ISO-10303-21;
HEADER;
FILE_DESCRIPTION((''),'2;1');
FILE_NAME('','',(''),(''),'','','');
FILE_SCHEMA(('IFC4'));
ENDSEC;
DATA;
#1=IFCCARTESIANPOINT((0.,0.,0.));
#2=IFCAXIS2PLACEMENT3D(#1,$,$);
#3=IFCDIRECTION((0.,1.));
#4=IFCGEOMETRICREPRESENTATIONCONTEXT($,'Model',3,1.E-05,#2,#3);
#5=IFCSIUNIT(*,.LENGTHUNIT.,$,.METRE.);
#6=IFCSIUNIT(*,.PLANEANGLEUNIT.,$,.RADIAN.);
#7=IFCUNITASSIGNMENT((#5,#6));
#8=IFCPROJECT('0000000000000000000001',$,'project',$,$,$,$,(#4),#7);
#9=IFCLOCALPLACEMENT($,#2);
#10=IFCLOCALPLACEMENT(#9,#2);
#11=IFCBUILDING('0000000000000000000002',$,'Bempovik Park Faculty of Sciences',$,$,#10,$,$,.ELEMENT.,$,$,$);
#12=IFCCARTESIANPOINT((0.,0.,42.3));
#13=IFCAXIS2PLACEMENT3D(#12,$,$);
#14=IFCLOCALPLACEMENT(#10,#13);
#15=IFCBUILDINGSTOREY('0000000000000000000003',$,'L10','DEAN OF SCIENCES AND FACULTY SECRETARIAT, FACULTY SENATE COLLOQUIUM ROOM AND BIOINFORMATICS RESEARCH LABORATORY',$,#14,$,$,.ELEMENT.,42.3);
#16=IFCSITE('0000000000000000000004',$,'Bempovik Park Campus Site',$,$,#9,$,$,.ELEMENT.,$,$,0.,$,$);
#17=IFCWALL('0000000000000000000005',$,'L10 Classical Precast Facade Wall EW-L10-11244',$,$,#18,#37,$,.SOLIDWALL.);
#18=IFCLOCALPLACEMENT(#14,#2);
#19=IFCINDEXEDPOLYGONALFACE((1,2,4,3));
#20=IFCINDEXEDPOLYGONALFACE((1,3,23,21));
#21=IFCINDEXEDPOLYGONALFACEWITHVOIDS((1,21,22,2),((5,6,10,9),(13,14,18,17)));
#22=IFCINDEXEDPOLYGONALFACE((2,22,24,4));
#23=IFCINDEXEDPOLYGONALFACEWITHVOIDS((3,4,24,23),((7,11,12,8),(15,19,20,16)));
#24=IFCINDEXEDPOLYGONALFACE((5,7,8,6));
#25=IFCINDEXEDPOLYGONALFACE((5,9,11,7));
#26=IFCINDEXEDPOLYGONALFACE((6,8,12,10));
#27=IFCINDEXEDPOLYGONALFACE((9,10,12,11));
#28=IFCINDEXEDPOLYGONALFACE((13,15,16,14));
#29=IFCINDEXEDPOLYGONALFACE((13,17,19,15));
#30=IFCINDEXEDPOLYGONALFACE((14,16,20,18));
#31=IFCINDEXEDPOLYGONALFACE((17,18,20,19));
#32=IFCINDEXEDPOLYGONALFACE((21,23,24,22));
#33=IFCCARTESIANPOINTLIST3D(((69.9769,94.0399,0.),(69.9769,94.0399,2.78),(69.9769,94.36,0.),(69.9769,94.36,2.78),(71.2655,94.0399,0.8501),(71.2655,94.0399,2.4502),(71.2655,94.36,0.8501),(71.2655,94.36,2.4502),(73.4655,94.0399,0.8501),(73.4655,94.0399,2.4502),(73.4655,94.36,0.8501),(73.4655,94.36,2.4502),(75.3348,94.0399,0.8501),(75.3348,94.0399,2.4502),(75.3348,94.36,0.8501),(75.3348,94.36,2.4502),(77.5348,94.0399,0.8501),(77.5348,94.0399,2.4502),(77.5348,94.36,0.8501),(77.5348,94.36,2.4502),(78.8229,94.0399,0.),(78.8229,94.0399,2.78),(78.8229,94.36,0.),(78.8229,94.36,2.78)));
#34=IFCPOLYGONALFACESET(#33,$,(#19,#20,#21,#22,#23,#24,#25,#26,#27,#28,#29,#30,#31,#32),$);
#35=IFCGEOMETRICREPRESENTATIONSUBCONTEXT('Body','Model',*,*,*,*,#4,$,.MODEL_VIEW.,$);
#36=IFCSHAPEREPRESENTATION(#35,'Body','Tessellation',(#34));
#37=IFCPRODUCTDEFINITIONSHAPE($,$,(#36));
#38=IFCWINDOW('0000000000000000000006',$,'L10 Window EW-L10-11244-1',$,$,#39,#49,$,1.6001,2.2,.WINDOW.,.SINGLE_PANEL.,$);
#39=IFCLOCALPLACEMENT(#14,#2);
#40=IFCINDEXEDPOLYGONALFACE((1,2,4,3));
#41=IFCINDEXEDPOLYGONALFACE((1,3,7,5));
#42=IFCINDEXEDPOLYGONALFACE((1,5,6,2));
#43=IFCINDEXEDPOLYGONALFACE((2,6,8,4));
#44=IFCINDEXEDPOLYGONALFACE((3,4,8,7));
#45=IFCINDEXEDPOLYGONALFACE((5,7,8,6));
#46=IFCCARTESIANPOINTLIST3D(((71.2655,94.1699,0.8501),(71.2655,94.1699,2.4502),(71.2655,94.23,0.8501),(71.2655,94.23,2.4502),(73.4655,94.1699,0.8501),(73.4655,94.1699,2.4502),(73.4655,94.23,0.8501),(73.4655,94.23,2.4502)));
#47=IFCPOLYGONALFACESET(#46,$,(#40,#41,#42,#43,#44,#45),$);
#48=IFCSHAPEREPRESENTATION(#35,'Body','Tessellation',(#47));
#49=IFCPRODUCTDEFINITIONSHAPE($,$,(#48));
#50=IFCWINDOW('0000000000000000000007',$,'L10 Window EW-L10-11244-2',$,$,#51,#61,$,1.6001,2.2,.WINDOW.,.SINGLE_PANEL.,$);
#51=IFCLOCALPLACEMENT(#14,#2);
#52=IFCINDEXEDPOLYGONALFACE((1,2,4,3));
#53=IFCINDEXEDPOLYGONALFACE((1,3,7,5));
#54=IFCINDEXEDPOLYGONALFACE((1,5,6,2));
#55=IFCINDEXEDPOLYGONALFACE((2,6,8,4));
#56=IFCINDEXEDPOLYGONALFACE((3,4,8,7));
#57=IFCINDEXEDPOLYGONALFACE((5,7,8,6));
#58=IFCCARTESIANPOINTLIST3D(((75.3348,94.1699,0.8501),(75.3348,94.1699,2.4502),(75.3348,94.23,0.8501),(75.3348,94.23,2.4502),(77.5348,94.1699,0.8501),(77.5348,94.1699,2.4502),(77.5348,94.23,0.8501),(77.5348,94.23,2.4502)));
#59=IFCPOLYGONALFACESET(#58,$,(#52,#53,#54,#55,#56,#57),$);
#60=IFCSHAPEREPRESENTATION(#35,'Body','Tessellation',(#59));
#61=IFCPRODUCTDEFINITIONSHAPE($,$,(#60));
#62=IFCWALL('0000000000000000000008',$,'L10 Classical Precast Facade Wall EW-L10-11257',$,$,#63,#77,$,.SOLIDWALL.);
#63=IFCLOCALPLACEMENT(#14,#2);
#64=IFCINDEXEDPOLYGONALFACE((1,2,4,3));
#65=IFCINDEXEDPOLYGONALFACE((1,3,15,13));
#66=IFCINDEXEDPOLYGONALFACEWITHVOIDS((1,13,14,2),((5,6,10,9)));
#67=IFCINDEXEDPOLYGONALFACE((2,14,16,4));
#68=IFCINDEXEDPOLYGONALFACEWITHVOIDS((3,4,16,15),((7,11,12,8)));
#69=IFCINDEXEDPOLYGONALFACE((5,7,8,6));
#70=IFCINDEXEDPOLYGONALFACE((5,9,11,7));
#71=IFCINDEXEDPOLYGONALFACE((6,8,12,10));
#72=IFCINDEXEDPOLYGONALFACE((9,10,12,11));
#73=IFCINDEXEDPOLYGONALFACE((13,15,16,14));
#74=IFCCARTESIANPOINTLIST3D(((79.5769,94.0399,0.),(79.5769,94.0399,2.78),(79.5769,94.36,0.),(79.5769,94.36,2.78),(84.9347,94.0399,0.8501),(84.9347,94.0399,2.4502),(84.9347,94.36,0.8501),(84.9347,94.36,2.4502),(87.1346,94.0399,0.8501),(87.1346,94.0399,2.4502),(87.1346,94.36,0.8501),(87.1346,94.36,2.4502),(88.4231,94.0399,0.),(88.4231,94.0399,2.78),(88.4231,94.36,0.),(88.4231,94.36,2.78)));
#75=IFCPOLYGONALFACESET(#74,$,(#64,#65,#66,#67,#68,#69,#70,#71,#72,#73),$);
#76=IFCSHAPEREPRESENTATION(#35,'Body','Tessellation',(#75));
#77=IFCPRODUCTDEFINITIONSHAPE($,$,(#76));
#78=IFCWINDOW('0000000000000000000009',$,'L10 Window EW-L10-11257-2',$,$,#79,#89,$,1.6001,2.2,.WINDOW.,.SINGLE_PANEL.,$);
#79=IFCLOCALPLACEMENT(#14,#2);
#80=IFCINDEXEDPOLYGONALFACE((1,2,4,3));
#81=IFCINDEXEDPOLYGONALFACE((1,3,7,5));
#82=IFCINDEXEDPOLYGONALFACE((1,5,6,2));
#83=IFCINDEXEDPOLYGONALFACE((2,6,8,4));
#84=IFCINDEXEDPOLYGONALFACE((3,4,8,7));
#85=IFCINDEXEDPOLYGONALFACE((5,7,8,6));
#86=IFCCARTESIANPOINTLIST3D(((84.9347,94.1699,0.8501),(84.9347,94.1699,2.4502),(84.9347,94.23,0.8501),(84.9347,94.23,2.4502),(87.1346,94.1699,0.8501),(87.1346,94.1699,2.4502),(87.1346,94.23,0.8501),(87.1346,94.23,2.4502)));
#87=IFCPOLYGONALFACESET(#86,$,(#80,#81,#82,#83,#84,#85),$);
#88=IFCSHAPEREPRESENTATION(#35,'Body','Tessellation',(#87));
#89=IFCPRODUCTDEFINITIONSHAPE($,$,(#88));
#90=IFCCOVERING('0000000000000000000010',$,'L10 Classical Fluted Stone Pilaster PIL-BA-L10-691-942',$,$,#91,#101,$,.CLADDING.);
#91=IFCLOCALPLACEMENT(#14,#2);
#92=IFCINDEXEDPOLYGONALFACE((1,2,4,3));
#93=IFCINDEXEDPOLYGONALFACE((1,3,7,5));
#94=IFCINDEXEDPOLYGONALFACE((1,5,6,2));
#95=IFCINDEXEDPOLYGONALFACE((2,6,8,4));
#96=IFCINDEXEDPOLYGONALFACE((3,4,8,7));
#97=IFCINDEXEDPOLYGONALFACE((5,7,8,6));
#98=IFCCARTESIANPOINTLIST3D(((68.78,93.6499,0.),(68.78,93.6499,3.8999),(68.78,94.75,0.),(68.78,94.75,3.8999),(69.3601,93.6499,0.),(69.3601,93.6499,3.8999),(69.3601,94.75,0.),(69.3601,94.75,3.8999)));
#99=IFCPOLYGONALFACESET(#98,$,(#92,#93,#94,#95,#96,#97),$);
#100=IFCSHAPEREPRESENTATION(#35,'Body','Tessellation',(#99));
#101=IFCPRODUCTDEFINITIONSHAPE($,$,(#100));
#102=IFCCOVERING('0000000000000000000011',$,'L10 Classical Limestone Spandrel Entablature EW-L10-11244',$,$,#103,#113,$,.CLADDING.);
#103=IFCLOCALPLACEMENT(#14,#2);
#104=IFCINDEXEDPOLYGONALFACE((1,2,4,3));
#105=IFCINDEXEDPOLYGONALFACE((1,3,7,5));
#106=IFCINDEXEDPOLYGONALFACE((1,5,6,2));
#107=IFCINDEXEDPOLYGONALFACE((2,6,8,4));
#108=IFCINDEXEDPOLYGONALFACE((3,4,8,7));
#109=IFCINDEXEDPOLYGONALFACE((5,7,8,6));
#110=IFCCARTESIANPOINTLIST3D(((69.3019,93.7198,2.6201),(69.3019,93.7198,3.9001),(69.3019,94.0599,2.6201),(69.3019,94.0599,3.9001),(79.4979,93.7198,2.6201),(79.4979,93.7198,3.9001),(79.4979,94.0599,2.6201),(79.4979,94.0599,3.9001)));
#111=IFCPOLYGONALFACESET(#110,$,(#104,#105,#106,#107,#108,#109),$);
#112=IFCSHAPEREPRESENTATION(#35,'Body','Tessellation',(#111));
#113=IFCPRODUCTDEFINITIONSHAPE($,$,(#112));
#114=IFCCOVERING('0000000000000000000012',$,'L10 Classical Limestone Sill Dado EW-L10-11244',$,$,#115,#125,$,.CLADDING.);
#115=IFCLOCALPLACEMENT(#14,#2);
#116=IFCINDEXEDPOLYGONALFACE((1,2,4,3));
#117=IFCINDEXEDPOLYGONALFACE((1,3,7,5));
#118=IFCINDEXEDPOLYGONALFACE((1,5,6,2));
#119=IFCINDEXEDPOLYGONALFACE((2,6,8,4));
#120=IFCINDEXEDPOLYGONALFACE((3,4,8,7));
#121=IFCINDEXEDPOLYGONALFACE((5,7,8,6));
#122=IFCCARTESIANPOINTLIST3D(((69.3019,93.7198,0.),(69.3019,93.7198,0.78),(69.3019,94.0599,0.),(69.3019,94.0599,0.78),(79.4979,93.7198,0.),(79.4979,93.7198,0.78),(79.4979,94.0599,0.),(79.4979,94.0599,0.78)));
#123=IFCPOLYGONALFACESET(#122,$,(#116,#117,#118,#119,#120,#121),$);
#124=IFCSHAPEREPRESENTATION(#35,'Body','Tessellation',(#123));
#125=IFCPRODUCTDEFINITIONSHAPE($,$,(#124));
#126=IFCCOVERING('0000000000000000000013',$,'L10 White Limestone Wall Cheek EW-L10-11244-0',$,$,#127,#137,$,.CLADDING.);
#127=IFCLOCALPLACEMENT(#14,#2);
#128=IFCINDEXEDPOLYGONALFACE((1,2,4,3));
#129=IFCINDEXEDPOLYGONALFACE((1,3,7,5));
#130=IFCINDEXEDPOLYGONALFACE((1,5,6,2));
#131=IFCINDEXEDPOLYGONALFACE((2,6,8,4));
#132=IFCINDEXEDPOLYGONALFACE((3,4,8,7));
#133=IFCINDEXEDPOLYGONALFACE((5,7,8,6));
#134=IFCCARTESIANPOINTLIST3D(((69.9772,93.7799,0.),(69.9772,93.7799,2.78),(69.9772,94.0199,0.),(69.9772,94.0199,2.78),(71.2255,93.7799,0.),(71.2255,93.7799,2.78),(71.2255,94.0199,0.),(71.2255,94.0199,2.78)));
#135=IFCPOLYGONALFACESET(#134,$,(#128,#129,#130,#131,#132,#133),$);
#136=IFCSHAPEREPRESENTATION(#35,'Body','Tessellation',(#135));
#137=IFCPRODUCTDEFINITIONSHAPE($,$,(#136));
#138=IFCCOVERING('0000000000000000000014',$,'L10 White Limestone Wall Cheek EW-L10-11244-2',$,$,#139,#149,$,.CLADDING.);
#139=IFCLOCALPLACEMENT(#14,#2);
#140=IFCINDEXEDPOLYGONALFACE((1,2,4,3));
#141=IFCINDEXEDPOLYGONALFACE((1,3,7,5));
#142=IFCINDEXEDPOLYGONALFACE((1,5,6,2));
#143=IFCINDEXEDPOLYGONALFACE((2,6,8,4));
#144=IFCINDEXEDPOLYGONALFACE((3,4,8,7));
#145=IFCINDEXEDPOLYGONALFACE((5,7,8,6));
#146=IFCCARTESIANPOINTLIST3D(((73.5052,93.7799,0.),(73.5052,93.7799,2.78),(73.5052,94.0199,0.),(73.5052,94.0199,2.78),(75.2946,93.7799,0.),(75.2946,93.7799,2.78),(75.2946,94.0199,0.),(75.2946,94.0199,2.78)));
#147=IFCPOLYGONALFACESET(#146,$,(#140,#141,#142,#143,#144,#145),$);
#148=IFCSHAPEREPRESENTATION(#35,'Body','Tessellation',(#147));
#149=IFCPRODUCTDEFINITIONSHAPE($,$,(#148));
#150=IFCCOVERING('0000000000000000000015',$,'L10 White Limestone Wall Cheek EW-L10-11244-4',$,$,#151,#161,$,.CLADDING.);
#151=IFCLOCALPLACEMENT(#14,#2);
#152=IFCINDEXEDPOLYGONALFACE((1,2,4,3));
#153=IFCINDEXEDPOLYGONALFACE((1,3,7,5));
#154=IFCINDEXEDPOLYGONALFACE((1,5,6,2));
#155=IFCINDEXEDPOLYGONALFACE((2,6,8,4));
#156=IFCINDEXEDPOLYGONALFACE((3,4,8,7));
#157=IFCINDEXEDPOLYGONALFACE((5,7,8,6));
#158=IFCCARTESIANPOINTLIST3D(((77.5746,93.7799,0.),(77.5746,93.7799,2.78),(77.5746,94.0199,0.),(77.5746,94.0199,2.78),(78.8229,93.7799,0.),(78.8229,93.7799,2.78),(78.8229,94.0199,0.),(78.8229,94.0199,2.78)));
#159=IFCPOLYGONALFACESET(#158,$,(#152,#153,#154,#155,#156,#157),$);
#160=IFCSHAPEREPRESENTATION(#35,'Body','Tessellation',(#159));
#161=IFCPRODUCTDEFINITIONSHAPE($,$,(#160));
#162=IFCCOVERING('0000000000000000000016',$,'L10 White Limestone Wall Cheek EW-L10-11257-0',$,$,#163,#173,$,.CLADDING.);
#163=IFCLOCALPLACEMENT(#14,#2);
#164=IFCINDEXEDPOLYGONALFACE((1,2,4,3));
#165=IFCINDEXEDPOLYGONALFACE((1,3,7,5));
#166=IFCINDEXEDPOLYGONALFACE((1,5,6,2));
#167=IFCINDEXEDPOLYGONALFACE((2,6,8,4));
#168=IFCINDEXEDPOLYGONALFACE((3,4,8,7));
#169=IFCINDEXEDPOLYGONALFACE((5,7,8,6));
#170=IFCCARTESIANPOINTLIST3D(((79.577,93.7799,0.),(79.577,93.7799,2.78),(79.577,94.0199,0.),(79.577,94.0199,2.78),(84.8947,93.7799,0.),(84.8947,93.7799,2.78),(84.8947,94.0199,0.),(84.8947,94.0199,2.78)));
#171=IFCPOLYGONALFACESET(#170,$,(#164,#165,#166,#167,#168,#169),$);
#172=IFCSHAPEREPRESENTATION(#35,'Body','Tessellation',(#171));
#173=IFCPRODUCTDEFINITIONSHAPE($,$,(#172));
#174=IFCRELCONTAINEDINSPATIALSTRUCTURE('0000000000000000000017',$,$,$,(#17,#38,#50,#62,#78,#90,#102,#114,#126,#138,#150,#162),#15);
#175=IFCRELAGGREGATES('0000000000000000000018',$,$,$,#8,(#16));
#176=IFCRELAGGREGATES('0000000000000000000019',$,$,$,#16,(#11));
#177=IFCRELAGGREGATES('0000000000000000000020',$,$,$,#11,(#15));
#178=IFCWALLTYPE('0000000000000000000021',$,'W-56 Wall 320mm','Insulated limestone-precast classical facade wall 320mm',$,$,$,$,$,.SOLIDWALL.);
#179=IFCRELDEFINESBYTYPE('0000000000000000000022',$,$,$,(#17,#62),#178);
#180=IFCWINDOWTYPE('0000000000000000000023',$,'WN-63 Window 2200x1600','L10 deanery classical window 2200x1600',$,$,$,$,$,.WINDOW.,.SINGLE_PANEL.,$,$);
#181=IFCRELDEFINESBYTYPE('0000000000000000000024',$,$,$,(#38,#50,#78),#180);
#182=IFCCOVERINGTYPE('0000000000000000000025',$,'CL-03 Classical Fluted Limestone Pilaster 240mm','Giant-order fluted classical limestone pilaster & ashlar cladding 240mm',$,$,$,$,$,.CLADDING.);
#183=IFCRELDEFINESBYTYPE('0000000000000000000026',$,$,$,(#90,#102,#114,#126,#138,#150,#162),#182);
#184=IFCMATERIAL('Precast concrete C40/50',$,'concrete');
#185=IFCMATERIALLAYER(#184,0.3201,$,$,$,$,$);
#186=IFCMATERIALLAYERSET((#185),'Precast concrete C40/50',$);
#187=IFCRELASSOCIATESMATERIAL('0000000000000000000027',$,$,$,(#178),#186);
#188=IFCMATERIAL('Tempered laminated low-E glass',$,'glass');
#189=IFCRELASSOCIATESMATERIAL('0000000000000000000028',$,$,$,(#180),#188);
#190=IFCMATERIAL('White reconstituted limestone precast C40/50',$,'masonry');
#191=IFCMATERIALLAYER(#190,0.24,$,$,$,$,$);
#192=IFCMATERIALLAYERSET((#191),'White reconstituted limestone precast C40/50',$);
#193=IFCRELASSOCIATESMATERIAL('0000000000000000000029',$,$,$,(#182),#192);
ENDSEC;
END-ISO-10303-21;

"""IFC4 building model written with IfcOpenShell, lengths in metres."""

from ifc_helpers import new_model, si_unit, direction, frame, frame_2d, origin, origin_2d, place, context, subcontext, project, spatial, rectangle, extrude, material, layer, layer_set, type_object, element, fill, save


model = new_model("IFC4")

# Units and contexts
model_context = context("Model", 3, precision=1e-05, world=origin(), true_north=direction((0.0, 1.0)))
body_context = subcontext(model_context, "Body", "Model", "MODEL_VIEW")
ifc_project = project(units=[si_unit("LENGTHUNIT", "METRE"), si_unit("PLANEANGLEUNIT", "RADIAN")], contexts=[model_context])

# Site, building, storey
site_placement = place(None, origin())
site = spatial("IfcSite", under=ifc_project, at=site_placement, Name="Bempovik Park Campus Site", CompositionType="ELEMENT", RefElevation=0.0)
building_placement = place(site_placement, origin())
building = spatial("IfcBuilding", under=site, at=building_placement, Name="Bempovik Park Faculty of Sciences", CompositionType="ELEMENT")
storey_placement = place(building_placement, frame((0.0, 0.0, 42.3)))
storey = spatial("IfcBuildingStorey", under=building, at=storey_placement, Name="L10", Description="DEAN OF SCIENCES AND FACULTY SECRETARIAT, FACULTY SENATE COLLOQUIUM ROOM AND BIOINFORMATICS RESEARCH LABORATORY", CompositionType="ELEMENT", Elevation=42.3)

# Wall, openings, windows
ifc_material_1 = material(Name="Precast concrete C40/50", Category="concrete")
ifc_layer_1 = layer(ifc_material_1, 0.3201)
ifc_layer_set_1 = layer_set([ifc_layer_1], Name="Precast concrete C40/50")
wall_type_1 = type_object("IfcWallType", Name="W-56 Wall 320mm", Description="Insulated limestone-precast classical facade wall 320mm", PredefinedType="SOLIDWALL", material=ifc_layer_set_1)
ifc_material_2 = material(Name="Tempered laminated low-E glass", Category="glass")
wall_1_placement = place(storey_placement, frame((69.9771, 94.2, 0.0), z_axis=(0.0, 0.0, 1.0), x_axis=(1.0, 0.0, 0.0)))
wall_1 = element("IfcWall", 1, at=wall_1_placement, inside=storey, type_object=wall_type_1, Name="L10 Classical Precast Facade Wall EW-L10-11244", PredefinedType="SOLIDWALL", context=body_context, shape_type="SweptSolid", body=[
    extrude(rectangle(XDim=8.8459, YDim=0.3201, at=frame_2d((4.4229, 0.0))), origin(), (0.0, 0.0, 1.0), 2.78),
])
opening_1_placement = place(wall_1_placement, frame((1.2883, 0.0, 0.8501)))
opening_1 = element("IfcOpeningElement", 2, at=opening_1_placement, cuts=wall_1, PredefinedType="OPENING", context=body_context, shape_type="SweptSolid", body=[
    extrude(rectangle(XDim=2.2, YDim=1.6001, at=frame_2d((1.1001, 0.8))), frame((0.0, 0.1699, 0.0), z_axis=(0.0, -1.0, 0.0), x_axis=(1.0, 0.0, 0.0)), (0.0, 0.0, 1.0), 0.3401),
])
opening_2_placement = place(wall_1_placement, frame((5.3577, 0.0, 0.8501)))
opening_2 = element("IfcOpeningElement", 3, at=opening_2_placement, cuts=wall_1, PredefinedType="OPENING", context=body_context, shape_type="SweptSolid", body=[
    extrude(rectangle(XDim=2.2, YDim=1.6001, at=frame_2d((1.1001, 0.8))), frame((0.0, 0.1699, 0.0), z_axis=(0.0, -1.0, 0.0), x_axis=(1.0, 0.0, 0.0)), (0.0, 0.0, 1.0), 0.3401),
])
window_type_1 = type_object("IfcWindowType", Name="WN-63 Window 2200x1600", Description="L10 deanery classical window 2200x1600", PartitioningType="SINGLE_PANEL", PredefinedType="WINDOW", material=ifc_material_2)
window_1_placement = place(opening_1_placement, origin())
window_1 = element("IfcWindow", 4, at=window_1_placement, inside=storey, type_object=window_type_1, Name="L10 Window EW-L10-11244-1", OverallHeight=1.6001, OverallWidth=2.2, PartitioningType="SINGLE_PANEL", PredefinedType="WINDOW", context=body_context, shape_type="SweptSolid", body=[
    extrude(rectangle(XDim=2.2, YDim=1.6001, at=frame_2d((1.1001, 0.8))), frame((0.0, 0.03, 0.0), z_axis=(0.0, -1.0, 0.0), x_axis=(1.0, 0.0, 0.0)), (0.0, 0.0, 1.0), 0.0601),
])
fill(opening_1, window_1)
window_2_placement = place(opening_2_placement, origin())
window_2 = element("IfcWindow", 5, at=window_2_placement, inside=storey, type_object=window_type_1, Name="L10 Window EW-L10-11244-2", OverallHeight=1.6001, OverallWidth=2.2, PartitioningType="SINGLE_PANEL", PredefinedType="WINDOW", context=body_context, shape_type="SweptSolid", body=[
    extrude(rectangle(XDim=2.2, YDim=1.6001, at=frame_2d((1.1001, 0.8))), frame((0.0, 0.03, 0.0), z_axis=(0.0, -1.0, 0.0), x_axis=(1.0, 0.0, 0.0)), (0.0, 0.0, 1.0), 0.0601),
])
fill(opening_2, window_2)

# Wall, opening, window
wall_2_placement = place(storey_placement, frame((79.5769, 94.2, 0.0), z_axis=(0.0, 0.0, 1.0), x_axis=(1.0, 0.0, 0.0)))
wall_2 = element("IfcWall", 6, at=wall_2_placement, inside=storey, type_object=wall_type_1, Name="L10 Classical Precast Facade Wall EW-L10-11257", PredefinedType="SOLIDWALL", context=body_context, shape_type="SweptSolid", body=[
    extrude(rectangle(XDim=8.8462, YDim=0.3201, at=frame_2d((4.4231, 0.0))), origin(), (0.0, 0.0, 1.0), 2.78),
])
opening_3_placement = place(wall_2_placement, frame((5.3577, 0.0, 0.8501)))
opening_3 = element("IfcOpeningElement", 7, at=opening_3_placement, cuts=wall_2, PredefinedType="OPENING", context=body_context, shape_type="SweptSolid", body=[
    extrude(rectangle(XDim=2.2, YDim=1.6001, at=frame_2d((1.1001, 0.8))), frame((0.0, 0.1699, 0.0), z_axis=(0.0, -1.0, 0.0), x_axis=(1.0, 0.0, 0.0)), (0.0, 0.0, 1.0), 0.3401),
])
window_3_placement = place(opening_3_placement, origin())
window_3 = element("IfcWindow", 8, at=window_3_placement, inside=storey, type_object=window_type_1, Name="L10 Window EW-L10-11257-2", OverallHeight=1.6001, OverallWidth=2.2, PartitioningType="SINGLE_PANEL", PredefinedType="WINDOW", context=body_context, shape_type="SweptSolid", body=[
    extrude(rectangle(XDim=2.2, YDim=1.6001, at=frame_2d((1.1001, 0.8))), frame((0.0, 0.03, 0.0), z_axis=(0.0, -1.0, 0.0), x_axis=(1.0, 0.0, 0.0)), (0.0, 0.0, 1.0), 0.0601),
])
fill(opening_3, window_3)

# Coverings
ifc_material_3 = material(Name="White reconstituted limestone precast C40/50", Category="masonry")
ifc_layer_2 = layer(ifc_material_3, 0.24)
ifc_layer_set_2 = layer_set([ifc_layer_2], Name="White reconstituted limestone precast C40/50")
covering_type = type_object("IfcCoveringType", Name="CL-03 Classical Fluted Limestone Pilaster 240mm", Description="Giant-order fluted classical limestone pilaster & ashlar cladding 240mm", PredefinedType="CLADDING", material=ifc_layer_set_2)
covering_1_placement = place(storey_placement, frame((69.0701, 94.2, 0.0), z_axis=(0.0, 0.0, 1.0), x_axis=(1.0, 0.0, 0.0)))
element("IfcCovering", 9, at=covering_1_placement, inside=storey, type_object=covering_type, Name="L10 Classical Fluted Stone Pilaster PIL-BA-L10-691-942", PredefinedType="CLADDING", context=body_context, shape_type="SweptSolid", body=[
    extrude(rectangle(XDim=0.5801, YDim=1.1001, at=origin_2d()), origin(), (0.0, 0.0, 1.0), 3.8999),
])
covering_2_placement = place(storey_placement, frame((74.3999, 93.8899, 2.6201), z_axis=(0.0, 0.0, 1.0), x_axis=(1.0, 0.0, 0.0)))
element("IfcCovering", 10, at=covering_2_placement, inside=storey, type_object=covering_type, Name="L10 Classical Limestone Spandrel Entablature EW-L10-11244", PredefinedType="CLADDING", context=body_context, shape_type="SweptSolid", body=[
    extrude(rectangle(XDim=10.196, YDim=0.3401, at=origin_2d()), origin(), (0.0, 0.0, 1.0), 1.28),
])
covering_3_placement = place(storey_placement, frame((74.3999, 93.8899, 0.0), z_axis=(0.0, 0.0, 1.0), x_axis=(1.0, 0.0, 0.0)))
element("IfcCovering", 11, at=covering_3_placement, inside=storey, type_object=covering_type, Name="L10 Classical Limestone Sill Dado EW-L10-11244", PredefinedType="CLADDING", context=body_context, shape_type="SweptSolid", body=[
    extrude(rectangle(XDim=10.196, YDim=0.3401, at=origin_2d()), origin(), (0.0, 0.0, 1.0), 0.78),
])
covering_4_placement = place(storey_placement, frame((70.6013, 93.8999, 0.0), z_axis=(0.0, 0.0, 1.0), x_axis=(1.0, 0.0, 0.0)))
element("IfcCovering", 12, at=covering_4_placement, inside=storey, type_object=covering_type, Name="L10 White Limestone Wall Cheek EW-L10-11244-0", PredefinedType="CLADDING", context=body_context, shape_type="SweptSolid", body=[
    extrude(rectangle(XDim=1.2483, YDim=0.24, at=origin_2d()), origin(), (0.0, 0.0, 1.0), 2.78),
])
covering_5_placement = place(storey_placement, frame((74.3999, 93.8999, 0.0), z_axis=(0.0, 0.0, 1.0), x_axis=(1.0, 0.0, 0.0)))
element("IfcCovering", 13, at=covering_5_placement, inside=storey, type_object=covering_type, Name="L10 White Limestone Wall Cheek EW-L10-11244-2", PredefinedType="CLADDING", context=body_context, shape_type="SweptSolid", body=[
    extrude(rectangle(XDim=1.7893, YDim=0.24, at=origin_2d()), origin(), (0.0, 0.0, 1.0), 2.78),
])
covering_6_placement = place(storey_placement, frame((78.1987, 93.8999, 0.0), z_axis=(0.0, 0.0, 1.0), x_axis=(1.0, 0.0, 0.0)))
element("IfcCovering", 14, at=covering_6_placement, inside=storey, type_object=covering_type, Name="L10 White Limestone Wall Cheek EW-L10-11244-4", PredefinedType="CLADDING", context=body_context, shape_type="SweptSolid", body=[
    extrude(rectangle(XDim=1.2483, YDim=0.24, at=origin_2d()), origin(), (0.0, 0.0, 1.0), 2.78),
])
covering_7_placement = place(storey_placement, frame((82.2358, 93.8999, 0.0), z_axis=(0.0, 0.0, 1.0), x_axis=(1.0, 0.0, 0.0)))
element("IfcCovering", 15, at=covering_7_placement, inside=storey, type_object=covering_type, Name="L10 White Limestone Wall Cheek EW-L10-11257-0", PredefinedType="CLADDING", context=body_context, shape_type="SweptSolid", body=[
    extrude(rectangle(XDim=5.3176, YDim=0.24, at=origin_2d()), origin(), (0.0, 0.0, 1.0), 2.78),
])

save(model, "model.ifc")
